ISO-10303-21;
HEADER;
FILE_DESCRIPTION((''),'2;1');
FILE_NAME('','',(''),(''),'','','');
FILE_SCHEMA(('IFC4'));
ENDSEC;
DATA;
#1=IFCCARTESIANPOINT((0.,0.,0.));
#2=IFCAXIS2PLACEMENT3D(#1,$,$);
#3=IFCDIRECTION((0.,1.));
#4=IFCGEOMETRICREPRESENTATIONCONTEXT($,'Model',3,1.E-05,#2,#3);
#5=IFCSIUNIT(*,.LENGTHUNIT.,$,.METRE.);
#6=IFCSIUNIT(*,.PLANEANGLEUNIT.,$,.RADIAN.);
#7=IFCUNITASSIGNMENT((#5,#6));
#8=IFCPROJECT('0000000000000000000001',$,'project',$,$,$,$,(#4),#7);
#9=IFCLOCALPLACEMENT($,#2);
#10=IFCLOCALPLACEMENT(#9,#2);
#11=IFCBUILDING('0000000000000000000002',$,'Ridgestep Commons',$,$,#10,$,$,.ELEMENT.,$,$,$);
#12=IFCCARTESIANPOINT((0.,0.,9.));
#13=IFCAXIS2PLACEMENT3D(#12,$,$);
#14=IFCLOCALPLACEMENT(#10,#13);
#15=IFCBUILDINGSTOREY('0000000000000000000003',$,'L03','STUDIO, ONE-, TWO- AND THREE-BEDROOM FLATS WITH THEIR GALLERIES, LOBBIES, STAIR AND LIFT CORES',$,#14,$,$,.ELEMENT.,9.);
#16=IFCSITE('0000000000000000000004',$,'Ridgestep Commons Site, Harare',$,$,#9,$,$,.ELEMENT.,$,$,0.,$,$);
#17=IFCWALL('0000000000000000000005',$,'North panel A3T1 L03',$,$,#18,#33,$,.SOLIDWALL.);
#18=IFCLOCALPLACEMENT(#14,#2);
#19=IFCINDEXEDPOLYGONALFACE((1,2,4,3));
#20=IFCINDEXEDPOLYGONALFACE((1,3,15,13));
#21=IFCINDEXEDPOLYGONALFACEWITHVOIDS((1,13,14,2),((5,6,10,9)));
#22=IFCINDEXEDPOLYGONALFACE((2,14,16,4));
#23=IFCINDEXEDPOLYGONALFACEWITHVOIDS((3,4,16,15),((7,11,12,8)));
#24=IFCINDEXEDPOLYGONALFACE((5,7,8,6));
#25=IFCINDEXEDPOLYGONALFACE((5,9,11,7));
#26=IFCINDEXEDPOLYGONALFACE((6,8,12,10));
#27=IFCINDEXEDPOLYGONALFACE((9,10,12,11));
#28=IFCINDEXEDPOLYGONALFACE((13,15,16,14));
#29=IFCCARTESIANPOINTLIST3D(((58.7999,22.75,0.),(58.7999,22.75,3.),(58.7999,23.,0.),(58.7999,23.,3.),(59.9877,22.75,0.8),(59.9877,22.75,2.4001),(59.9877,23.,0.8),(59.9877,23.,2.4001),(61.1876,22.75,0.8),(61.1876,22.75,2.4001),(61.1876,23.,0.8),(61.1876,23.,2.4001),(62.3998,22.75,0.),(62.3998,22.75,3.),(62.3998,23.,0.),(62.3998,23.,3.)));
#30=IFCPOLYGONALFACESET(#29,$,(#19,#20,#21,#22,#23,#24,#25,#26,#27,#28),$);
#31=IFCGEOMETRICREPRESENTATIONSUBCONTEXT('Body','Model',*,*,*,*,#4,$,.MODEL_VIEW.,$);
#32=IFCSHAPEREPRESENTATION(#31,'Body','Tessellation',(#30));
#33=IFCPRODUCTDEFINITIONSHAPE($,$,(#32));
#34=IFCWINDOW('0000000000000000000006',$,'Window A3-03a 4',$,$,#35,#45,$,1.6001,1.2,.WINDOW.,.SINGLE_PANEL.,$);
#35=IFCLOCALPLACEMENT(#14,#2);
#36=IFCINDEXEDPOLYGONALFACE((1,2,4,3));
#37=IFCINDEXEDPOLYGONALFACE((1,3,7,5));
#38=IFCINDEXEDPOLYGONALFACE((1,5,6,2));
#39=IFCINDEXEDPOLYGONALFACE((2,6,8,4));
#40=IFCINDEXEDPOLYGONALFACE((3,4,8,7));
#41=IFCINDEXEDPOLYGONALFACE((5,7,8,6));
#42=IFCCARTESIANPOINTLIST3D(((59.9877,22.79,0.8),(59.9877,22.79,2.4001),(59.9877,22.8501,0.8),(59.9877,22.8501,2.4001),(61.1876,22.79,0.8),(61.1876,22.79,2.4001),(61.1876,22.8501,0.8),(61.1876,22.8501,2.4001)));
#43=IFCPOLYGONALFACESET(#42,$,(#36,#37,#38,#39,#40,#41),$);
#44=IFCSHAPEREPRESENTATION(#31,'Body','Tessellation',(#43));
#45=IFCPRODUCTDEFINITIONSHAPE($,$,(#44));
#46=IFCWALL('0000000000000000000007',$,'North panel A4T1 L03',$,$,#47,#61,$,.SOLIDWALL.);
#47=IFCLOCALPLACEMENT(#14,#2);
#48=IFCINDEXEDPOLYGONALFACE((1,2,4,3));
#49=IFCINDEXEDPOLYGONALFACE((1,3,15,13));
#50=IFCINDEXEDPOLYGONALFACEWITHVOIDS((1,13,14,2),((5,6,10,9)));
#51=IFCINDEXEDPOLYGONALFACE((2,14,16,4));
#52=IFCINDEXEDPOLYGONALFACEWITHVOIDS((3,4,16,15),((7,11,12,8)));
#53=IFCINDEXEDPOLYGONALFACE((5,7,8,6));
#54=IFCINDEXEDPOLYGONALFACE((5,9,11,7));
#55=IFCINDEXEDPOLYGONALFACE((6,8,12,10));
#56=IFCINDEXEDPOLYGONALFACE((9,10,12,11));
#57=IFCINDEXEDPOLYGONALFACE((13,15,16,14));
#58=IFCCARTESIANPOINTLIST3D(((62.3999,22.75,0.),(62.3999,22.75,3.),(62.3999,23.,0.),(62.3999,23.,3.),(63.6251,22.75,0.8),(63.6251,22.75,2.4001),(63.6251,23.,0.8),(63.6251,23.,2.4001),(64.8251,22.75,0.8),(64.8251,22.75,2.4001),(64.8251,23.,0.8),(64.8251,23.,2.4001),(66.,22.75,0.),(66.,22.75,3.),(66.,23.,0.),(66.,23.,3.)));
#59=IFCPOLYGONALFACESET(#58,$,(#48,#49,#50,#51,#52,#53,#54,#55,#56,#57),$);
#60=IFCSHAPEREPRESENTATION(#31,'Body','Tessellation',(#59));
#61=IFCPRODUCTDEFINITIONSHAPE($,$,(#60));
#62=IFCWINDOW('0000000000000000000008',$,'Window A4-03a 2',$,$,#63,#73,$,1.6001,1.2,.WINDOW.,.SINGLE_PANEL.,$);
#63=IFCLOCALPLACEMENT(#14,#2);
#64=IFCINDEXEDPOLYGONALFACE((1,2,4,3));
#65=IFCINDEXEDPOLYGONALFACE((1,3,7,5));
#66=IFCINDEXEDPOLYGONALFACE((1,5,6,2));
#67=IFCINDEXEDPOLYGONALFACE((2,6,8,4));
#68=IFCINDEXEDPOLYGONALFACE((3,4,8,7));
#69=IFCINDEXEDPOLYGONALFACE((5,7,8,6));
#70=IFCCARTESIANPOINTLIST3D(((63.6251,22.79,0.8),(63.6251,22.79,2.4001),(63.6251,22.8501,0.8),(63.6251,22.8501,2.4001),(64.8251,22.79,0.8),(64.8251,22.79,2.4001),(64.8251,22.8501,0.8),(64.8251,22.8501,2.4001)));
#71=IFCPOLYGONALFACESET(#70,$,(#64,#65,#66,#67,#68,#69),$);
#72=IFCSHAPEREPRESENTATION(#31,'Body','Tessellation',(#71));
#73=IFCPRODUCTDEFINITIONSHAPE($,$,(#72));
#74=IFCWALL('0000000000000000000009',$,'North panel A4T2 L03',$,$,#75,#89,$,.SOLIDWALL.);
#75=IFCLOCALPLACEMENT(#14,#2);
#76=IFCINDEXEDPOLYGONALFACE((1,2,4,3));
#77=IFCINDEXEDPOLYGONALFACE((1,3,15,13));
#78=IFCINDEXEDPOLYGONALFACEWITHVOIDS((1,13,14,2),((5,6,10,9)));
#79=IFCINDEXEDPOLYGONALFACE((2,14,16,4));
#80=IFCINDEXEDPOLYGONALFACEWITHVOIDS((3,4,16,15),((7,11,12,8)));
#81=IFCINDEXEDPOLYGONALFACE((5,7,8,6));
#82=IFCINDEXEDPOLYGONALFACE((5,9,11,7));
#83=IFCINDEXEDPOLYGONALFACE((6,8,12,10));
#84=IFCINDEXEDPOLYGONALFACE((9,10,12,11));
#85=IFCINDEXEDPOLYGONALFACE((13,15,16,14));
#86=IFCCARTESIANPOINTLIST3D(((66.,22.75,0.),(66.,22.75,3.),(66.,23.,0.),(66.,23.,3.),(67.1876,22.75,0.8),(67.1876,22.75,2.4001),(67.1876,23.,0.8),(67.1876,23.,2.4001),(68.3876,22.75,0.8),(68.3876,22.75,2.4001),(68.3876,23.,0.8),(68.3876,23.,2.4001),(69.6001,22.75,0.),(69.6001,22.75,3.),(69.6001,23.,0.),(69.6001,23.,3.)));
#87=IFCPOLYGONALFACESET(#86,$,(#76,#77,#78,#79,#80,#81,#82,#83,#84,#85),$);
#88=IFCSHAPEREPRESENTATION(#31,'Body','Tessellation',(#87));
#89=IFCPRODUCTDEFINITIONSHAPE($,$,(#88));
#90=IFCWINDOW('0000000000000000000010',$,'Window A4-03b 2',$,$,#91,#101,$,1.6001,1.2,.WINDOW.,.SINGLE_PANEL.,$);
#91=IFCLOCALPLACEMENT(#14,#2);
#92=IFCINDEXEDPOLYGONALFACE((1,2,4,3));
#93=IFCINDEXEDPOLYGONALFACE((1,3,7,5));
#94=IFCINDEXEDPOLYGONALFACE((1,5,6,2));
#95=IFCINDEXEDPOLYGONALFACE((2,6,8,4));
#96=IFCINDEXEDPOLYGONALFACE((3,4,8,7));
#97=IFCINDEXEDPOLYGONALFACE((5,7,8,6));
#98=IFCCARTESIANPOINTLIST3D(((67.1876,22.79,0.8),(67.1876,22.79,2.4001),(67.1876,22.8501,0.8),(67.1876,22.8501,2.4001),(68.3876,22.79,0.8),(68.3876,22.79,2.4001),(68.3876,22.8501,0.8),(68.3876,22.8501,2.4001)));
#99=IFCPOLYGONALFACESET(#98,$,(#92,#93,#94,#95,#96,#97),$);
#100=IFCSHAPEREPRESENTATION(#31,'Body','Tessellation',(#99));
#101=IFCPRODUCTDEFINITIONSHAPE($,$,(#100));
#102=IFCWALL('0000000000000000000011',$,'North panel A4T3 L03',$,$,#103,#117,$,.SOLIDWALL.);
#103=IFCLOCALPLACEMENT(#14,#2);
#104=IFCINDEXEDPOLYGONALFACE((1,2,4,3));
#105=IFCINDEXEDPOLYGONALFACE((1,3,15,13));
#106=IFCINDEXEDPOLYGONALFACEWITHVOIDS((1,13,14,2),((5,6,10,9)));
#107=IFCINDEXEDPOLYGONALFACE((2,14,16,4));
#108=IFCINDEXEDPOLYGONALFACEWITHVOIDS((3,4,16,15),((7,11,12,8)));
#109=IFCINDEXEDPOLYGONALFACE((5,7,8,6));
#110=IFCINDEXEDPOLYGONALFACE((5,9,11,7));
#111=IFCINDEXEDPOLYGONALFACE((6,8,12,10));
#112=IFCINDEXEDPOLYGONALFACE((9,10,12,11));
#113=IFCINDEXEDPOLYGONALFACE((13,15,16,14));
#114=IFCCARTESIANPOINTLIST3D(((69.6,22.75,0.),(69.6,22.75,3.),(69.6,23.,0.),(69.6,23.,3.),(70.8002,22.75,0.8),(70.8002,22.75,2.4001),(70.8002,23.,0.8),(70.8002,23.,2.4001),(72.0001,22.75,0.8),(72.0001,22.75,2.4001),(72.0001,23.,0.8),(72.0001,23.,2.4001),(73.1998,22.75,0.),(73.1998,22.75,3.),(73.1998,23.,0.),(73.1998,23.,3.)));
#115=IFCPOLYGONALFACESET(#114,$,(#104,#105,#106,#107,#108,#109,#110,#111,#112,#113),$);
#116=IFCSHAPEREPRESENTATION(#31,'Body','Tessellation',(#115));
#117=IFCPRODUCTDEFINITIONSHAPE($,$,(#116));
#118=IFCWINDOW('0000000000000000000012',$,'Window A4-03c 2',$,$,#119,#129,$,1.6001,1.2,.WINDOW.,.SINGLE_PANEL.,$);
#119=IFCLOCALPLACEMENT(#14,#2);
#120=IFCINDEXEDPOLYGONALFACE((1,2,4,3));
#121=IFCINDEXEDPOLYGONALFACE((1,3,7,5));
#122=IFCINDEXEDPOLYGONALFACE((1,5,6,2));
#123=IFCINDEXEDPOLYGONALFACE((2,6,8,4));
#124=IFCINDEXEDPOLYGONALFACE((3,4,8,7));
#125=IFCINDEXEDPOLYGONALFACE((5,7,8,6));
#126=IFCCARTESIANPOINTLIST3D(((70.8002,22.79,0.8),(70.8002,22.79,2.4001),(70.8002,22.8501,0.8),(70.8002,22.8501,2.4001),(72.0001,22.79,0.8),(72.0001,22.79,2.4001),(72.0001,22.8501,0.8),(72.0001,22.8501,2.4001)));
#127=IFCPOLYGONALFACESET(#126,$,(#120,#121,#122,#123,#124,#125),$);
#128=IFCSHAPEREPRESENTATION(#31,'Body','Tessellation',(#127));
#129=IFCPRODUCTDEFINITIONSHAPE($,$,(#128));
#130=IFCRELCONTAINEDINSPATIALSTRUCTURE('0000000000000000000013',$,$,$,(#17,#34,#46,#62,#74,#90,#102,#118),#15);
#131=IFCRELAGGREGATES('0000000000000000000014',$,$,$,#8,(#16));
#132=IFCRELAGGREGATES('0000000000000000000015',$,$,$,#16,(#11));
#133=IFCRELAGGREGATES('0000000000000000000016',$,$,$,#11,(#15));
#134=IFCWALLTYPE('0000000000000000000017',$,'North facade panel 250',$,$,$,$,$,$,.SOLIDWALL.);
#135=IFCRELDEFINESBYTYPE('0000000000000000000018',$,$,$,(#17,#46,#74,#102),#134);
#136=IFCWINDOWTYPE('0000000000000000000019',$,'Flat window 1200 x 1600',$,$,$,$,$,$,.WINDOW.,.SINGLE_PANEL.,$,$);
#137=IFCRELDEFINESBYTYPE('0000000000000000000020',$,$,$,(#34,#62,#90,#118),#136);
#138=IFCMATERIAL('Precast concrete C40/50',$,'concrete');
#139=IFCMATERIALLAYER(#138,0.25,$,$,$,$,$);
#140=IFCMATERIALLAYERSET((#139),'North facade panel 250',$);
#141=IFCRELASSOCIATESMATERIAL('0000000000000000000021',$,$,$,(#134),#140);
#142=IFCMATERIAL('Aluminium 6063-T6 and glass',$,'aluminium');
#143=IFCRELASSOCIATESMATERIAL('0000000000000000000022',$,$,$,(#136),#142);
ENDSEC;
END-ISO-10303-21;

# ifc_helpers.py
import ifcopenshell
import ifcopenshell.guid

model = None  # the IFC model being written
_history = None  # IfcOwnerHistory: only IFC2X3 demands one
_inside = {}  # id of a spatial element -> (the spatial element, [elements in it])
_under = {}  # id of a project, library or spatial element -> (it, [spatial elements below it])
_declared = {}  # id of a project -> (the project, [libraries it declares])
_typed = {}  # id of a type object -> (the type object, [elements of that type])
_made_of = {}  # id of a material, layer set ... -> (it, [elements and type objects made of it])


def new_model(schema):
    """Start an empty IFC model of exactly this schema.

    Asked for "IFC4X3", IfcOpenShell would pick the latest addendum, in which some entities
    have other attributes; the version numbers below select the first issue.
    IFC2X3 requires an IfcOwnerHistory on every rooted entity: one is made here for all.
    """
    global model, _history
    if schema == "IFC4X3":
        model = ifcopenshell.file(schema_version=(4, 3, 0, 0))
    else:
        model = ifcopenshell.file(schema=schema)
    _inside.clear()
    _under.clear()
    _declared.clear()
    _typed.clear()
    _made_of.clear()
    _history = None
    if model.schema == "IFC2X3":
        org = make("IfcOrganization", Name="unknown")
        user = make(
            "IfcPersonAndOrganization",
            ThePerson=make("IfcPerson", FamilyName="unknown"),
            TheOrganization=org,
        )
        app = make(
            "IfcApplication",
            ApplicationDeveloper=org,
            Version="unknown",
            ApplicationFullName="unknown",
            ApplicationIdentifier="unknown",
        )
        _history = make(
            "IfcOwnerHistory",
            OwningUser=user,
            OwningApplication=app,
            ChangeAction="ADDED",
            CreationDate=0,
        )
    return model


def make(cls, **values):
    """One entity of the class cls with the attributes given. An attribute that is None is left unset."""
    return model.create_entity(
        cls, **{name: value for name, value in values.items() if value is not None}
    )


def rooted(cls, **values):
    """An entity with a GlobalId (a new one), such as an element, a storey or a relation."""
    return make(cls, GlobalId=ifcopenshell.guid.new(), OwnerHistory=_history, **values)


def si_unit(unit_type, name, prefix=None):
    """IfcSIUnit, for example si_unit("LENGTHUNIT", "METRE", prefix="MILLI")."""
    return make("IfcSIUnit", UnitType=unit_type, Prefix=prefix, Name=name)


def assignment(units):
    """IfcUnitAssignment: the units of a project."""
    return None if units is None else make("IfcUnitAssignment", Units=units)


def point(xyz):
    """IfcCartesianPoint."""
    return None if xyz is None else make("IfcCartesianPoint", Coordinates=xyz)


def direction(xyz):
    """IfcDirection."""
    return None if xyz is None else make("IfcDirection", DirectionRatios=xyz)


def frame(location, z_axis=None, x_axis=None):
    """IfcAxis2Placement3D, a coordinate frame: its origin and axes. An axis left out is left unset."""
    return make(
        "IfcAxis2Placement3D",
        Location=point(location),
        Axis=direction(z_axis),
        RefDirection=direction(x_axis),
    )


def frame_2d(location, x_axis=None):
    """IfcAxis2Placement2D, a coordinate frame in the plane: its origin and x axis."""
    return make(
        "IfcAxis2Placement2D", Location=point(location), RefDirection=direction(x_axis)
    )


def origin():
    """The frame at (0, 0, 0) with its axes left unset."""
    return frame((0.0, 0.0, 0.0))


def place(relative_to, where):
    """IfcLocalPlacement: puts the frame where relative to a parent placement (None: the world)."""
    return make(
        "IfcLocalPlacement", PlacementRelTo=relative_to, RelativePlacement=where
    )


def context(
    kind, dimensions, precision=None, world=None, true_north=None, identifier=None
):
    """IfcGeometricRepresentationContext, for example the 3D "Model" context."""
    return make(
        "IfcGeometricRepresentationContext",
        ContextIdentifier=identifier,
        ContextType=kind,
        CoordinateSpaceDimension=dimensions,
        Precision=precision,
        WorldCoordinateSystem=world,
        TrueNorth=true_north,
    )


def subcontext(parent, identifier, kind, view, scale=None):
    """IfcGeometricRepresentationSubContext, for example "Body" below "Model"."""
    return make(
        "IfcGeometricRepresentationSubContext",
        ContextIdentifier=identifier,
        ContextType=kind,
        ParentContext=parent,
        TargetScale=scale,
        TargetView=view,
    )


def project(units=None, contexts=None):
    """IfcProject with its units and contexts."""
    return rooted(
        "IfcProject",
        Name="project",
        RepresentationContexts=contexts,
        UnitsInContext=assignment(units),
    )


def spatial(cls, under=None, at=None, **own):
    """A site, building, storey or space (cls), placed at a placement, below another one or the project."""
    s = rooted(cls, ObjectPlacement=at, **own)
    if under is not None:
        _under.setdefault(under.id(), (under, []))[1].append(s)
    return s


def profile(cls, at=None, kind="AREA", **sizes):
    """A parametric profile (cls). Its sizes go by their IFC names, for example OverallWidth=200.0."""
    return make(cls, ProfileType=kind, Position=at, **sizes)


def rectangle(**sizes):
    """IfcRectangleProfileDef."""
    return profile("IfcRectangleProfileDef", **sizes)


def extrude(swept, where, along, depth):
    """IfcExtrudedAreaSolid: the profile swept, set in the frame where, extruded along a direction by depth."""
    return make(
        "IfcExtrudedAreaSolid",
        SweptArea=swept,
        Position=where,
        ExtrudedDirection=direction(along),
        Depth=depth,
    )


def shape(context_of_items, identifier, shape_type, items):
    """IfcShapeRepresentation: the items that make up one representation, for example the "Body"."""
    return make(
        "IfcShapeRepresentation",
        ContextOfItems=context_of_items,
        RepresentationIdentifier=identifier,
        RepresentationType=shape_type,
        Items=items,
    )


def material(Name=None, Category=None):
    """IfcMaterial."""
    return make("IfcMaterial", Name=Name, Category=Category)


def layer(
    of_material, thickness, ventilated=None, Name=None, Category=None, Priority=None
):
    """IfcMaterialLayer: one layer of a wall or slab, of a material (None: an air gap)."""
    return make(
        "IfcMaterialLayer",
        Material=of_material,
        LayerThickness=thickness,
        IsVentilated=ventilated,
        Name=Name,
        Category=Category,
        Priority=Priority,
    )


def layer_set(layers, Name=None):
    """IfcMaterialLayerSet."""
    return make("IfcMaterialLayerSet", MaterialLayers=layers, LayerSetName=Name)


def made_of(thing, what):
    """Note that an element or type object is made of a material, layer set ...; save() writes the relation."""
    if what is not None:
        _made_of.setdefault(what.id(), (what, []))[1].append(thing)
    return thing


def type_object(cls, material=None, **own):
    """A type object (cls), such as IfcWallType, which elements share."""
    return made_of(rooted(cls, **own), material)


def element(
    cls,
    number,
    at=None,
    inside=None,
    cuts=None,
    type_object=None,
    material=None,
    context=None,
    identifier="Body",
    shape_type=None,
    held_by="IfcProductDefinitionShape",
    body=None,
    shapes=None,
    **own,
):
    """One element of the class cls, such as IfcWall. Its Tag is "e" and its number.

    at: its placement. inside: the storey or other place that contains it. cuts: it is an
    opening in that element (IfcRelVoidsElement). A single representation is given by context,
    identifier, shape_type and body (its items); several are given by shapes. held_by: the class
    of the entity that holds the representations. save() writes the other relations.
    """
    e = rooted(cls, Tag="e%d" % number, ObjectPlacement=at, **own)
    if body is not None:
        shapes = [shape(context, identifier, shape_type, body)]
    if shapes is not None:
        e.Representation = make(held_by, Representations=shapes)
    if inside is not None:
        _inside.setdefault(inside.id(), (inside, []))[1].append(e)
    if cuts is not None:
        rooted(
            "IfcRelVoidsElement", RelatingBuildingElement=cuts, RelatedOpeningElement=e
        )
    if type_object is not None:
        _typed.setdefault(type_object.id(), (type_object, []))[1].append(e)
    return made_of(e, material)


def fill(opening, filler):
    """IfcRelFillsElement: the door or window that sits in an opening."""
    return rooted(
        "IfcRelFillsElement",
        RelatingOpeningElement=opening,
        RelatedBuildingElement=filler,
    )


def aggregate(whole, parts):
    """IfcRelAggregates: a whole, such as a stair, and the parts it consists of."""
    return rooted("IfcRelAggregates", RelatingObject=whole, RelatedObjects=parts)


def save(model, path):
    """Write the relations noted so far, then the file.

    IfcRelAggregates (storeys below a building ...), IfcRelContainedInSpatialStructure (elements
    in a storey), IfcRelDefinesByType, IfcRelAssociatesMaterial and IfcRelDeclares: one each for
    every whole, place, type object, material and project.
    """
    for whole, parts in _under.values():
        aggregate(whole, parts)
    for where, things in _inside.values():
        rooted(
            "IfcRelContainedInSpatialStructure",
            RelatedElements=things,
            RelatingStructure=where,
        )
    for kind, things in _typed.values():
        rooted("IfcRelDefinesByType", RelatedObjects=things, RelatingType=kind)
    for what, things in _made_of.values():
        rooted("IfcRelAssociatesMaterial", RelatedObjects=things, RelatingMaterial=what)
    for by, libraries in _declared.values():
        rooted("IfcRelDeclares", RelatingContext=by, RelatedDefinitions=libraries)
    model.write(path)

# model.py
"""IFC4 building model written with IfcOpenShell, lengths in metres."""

from ifc_helpers import new_model, si_unit, direction, frame, frame_2d, origin, place, context, subcontext, project, spatial, rectangle, extrude, material, layer, layer_set, type_object, element, fill, save


model = new_model("IFC4")

# Units and contexts
model_context = context("Model", 3, precision=1e-05, world=origin(), true_north=direction((0.0, 1.0)))
body_context = subcontext(model_context, "Body", "Model", "MODEL_VIEW")
ifc_project = project(units=[si_unit("LENGTHUNIT", "METRE"), si_unit("PLANEANGLEUNIT", "RADIAN")], contexts=[model_context])

# Site, building, storey
site_placement = place(None, origin())
site = spatial("IfcSite", under=ifc_project, at=site_placement, Name="Ridgestep Commons Site, Harare", CompositionType="ELEMENT", RefElevation=0.0)
building_placement = place(site_placement, origin())
building = spatial("IfcBuilding", under=site, at=building_placement, Name="Ridgestep Commons", CompositionType="ELEMENT")
storey_placement = place(building_placement, frame((0.0, 0.0, 9.0)))
storey = spatial("IfcBuildingStorey", under=building, at=storey_placement, Name="L03", Description="STUDIO, ONE-, TWO- AND THREE-BEDROOM FLATS WITH THEIR GALLERIES, LOBBIES, STAIR AND LIFT CORES", CompositionType="ELEMENT", Elevation=9.0)

# Shared definitions
ifc_material_1 = material(Name="Precast concrete C40/50", Category="concrete")
ifc_layer_1 = layer(ifc_material_1, 0.25)
ifc_layer_set_1 = layer_set([ifc_layer_1], Name="North facade panel 250")
wall_type_1 = type_object("IfcWallType", Name="North facade panel 250", PredefinedType="SOLIDWALL", material=ifc_layer_set_1)

# Shared definitions
ifc_material_2 = material(Name="Aluminium 6063-T6 and glass", Category="aluminium")
window_type = type_object("IfcWindowType", Name="Flat window 1200 x 1600", PartitioningType="SINGLE_PANEL", PredefinedType="WINDOW", material=ifc_material_2)

# Walls, openings, windows
wall_1_placement = place(storey_placement, frame((58.8, 22.875, 0.0), z_axis=(0.0, 0.0, 1.0), x_axis=(1.0, 0.0, 0.0)))
wall_1 = element("IfcWall", 1, at=wall_1_placement, inside=storey, type_object=wall_type_1, Name="North panel A3T1 L03", PredefinedType="SOLIDWALL", context=body_context, shape_type="SweptSolid", body=[
    extrude(rectangle(XDim=3.5999, YDim=0.25, at=frame_2d((1.7998, 0.0))), origin(), (0.0, 0.0, 1.0), 3.0),
])
opening_1_placement = place(wall_1_placement, frame((1.1875, 0.0, 0.8)))
opening_1 = element("IfcOpeningElement", 2, at=opening_1_placement, cuts=wall_1, PredefinedType="OPENING", context=body_context, shape_type="SweptSolid", body=[
    extrude(rectangle(XDim=1.2, YDim=1.6001, at=frame_2d((0.6001, 0.8))), frame((0.0, 0.135, 0.0), z_axis=(0.0, -1.0, 0.0), x_axis=(1.0, 0.0, 0.0)), (0.0, 0.0, 1.0), 0.27),
])
window_1_placement = place(opening_1_placement, origin())
window_1 = element("IfcWindow", 3, at=window_1_placement, inside=storey, type_object=window_type, Name="Window A3-03a 4", OverallHeight=1.6001, OverallWidth=1.2, PartitioningType="SINGLE_PANEL", PredefinedType="WINDOW", context=body_context, shape_type="SweptSolid", body=[
    extrude(rectangle(XDim=1.2, YDim=1.6001, at=frame_2d((0.6001, 0.8))), frame((0.0, -0.0249, 0.0), z_axis=(0.0, -1.0, 0.0), x_axis=(1.0, 0.0, 0.0)), (0.0, 0.0, 1.0), 0.0601),
])
fill(opening_1, window_1)
wall_2_placement = place(storey_placement, frame((62.3999, 22.875, 0.0), z_axis=(0.0, 0.0, 1.0), x_axis=(1.0, 0.0, 0.0)))
wall_2 = element("IfcWall", 4, at=wall_2_placement, inside=storey, type_object=wall_type_1, Name="North panel A4T1 L03", PredefinedType="SOLIDWALL", context=body_context, shape_type="SweptSolid", body=[
    extrude(rectangle(XDim=3.6001, YDim=0.25, at=frame_2d((1.8, 0.0))), origin(), (0.0, 0.0, 1.0), 3.0),
])
opening_2_placement = place(wall_2_placement, frame((1.2251, 0.0, 0.8)))
opening_2 = element("IfcOpeningElement", 5, at=opening_2_placement, cuts=wall_2, PredefinedType="OPENING", context=body_context, shape_type="SweptSolid", body=[
    extrude(rectangle(XDim=1.2, YDim=1.6001, at=frame_2d((0.6001, 0.8))), frame((0.0, 0.135, 0.0), z_axis=(0.0, -1.0, 0.0), x_axis=(1.0, 0.0, 0.0)), (0.0, 0.0, 1.0), 0.27),
])
window_2_placement = place(opening_2_placement, origin())
window_2 = element("IfcWindow", 6, at=window_2_placement, inside=storey, type_object=window_type, Name="Window A4-03a 2", OverallHeight=1.6001, OverallWidth=1.2, PartitioningType="SINGLE_PANEL", PredefinedType="WINDOW", context=body_context, shape_type="SweptSolid", body=[
    extrude(rectangle(XDim=1.2, YDim=1.6001, at=frame_2d((0.6001, 0.8))), frame((0.0, -0.0249, 0.0), z_axis=(0.0, -1.0, 0.0), x_axis=(1.0, 0.0, 0.0)), (0.0, 0.0, 1.0), 0.0601),
])
fill(opening_2, window_2)
wall_3_placement = place(storey_placement, frame((66.0, 22.875, 0.0), z_axis=(0.0, 0.0, 1.0), x_axis=(1.0, 0.0, 0.0)))
wall_3 = element("IfcWall", 7, at=wall_3_placement, inside=storey, type_object=wall_type_1, Name="North panel A4T2 L03", PredefinedType="SOLIDWALL", context=body_context, shape_type="SweptSolid", body=[
    extrude(rectangle(XDim=3.6001, YDim=0.25, at=frame_2d((1.8, 0.0))), origin(), (0.0, 0.0, 1.0), 3.0),
])
opening_3_placement = place(wall_3_placement, frame((1.1875, 0.0, 0.8)))
opening_3 = element("IfcOpeningElement", 8, at=opening_3_placement, cuts=wall_3, PredefinedType="OPENING", context=body_context, shape_type="SweptSolid", body=[
    extrude(rectangle(XDim=1.2, YDim=1.6001, at=frame_2d((0.6001, 0.8))), frame((0.0, 0.135, 0.0), z_axis=(0.0, -1.0, 0.0), x_axis=(1.0, 0.0, 0.0)), (0.0, 0.0, 1.0), 0.27),
])
window_3_placement = place(opening_3_placement, origin())
window_3 = element("IfcWindow", 9, at=window_3_placement, inside=storey, type_object=window_type, Name="Window A4-03b 2", OverallHeight=1.6001, OverallWidth=1.2, PartitioningType="SINGLE_PANEL", PredefinedType="WINDOW", context=body_context, shape_type="SweptSolid", body=[
    extrude(rectangle(XDim=1.2, YDim=1.6001, at=frame_2d((0.6001, 0.8))), frame((0.0, -0.0249, 0.0), z_axis=(0.0, -1.0, 0.0), x_axis=(1.0, 0.0, 0.0)), (0.0, 0.0, 1.0), 0.0601),
])
fill(opening_3, window_3)
wall_4_placement = place(storey_placement, frame((69.6001, 22.875, 0.0), z_axis=(0.0, 0.0, 1.0), x_axis=(1.0, 0.0, 0.0)))
wall_4 = element("IfcWall", 10, at=wall_4_placement, inside=storey, type_object=wall_type_1, Name="North panel A4T3 L03", PredefinedType="SOLIDWALL", context=body_context, shape_type="SweptSolid", body=[
    extrude(rectangle(XDim=3.5999, YDim=0.25, at=frame_2d((1.7998, 0.0))), origin(), (0.0, 0.0, 1.0), 3.0),
])
opening_4_placement = place(wall_4_placement, frame((1.2, 0.0, 0.8)))
opening_4 = element("IfcOpeningElement", 11, at=opening_4_placement, cuts=wall_4, PredefinedType="OPENING", context=body_context, shape_type="SweptSolid", body=[
    extrude(rectangle(XDim=1.2, YDim=1.6001, at=frame_2d((0.6001, 0.8))), frame((0.0, 0.135, 0.0), z_axis=(0.0, -1.0, 0.0), x_axis=(1.0, 0.0, 0.0)), (0.0, 0.0, 1.0), 0.27),
])
window_4_placement = place(opening_4_placement, origin())
window_4 = element("IfcWindow", 12, at=window_4_placement, inside=storey, type_object=window_type, Name="Window A4-03c 2", OverallHeight=1.6001, OverallWidth=1.2, PartitioningType="SINGLE_PANEL", PredefinedType="WINDOW", context=body_context, shape_type="SweptSolid", body=[
    extrude(rectangle(XDim=1.2, YDim=1.6001, at=frame_2d((0.6001, 0.8))), frame((0.0, -0.0249, 0.0), z_axis=(0.0, -1.0, 0.0), x_axis=(1.0, 0.0, 0.0)), (0.0, 0.0, 1.0), 0.0601),
])
fill(opening_4, window_4)

save(model, "model.ifc")
